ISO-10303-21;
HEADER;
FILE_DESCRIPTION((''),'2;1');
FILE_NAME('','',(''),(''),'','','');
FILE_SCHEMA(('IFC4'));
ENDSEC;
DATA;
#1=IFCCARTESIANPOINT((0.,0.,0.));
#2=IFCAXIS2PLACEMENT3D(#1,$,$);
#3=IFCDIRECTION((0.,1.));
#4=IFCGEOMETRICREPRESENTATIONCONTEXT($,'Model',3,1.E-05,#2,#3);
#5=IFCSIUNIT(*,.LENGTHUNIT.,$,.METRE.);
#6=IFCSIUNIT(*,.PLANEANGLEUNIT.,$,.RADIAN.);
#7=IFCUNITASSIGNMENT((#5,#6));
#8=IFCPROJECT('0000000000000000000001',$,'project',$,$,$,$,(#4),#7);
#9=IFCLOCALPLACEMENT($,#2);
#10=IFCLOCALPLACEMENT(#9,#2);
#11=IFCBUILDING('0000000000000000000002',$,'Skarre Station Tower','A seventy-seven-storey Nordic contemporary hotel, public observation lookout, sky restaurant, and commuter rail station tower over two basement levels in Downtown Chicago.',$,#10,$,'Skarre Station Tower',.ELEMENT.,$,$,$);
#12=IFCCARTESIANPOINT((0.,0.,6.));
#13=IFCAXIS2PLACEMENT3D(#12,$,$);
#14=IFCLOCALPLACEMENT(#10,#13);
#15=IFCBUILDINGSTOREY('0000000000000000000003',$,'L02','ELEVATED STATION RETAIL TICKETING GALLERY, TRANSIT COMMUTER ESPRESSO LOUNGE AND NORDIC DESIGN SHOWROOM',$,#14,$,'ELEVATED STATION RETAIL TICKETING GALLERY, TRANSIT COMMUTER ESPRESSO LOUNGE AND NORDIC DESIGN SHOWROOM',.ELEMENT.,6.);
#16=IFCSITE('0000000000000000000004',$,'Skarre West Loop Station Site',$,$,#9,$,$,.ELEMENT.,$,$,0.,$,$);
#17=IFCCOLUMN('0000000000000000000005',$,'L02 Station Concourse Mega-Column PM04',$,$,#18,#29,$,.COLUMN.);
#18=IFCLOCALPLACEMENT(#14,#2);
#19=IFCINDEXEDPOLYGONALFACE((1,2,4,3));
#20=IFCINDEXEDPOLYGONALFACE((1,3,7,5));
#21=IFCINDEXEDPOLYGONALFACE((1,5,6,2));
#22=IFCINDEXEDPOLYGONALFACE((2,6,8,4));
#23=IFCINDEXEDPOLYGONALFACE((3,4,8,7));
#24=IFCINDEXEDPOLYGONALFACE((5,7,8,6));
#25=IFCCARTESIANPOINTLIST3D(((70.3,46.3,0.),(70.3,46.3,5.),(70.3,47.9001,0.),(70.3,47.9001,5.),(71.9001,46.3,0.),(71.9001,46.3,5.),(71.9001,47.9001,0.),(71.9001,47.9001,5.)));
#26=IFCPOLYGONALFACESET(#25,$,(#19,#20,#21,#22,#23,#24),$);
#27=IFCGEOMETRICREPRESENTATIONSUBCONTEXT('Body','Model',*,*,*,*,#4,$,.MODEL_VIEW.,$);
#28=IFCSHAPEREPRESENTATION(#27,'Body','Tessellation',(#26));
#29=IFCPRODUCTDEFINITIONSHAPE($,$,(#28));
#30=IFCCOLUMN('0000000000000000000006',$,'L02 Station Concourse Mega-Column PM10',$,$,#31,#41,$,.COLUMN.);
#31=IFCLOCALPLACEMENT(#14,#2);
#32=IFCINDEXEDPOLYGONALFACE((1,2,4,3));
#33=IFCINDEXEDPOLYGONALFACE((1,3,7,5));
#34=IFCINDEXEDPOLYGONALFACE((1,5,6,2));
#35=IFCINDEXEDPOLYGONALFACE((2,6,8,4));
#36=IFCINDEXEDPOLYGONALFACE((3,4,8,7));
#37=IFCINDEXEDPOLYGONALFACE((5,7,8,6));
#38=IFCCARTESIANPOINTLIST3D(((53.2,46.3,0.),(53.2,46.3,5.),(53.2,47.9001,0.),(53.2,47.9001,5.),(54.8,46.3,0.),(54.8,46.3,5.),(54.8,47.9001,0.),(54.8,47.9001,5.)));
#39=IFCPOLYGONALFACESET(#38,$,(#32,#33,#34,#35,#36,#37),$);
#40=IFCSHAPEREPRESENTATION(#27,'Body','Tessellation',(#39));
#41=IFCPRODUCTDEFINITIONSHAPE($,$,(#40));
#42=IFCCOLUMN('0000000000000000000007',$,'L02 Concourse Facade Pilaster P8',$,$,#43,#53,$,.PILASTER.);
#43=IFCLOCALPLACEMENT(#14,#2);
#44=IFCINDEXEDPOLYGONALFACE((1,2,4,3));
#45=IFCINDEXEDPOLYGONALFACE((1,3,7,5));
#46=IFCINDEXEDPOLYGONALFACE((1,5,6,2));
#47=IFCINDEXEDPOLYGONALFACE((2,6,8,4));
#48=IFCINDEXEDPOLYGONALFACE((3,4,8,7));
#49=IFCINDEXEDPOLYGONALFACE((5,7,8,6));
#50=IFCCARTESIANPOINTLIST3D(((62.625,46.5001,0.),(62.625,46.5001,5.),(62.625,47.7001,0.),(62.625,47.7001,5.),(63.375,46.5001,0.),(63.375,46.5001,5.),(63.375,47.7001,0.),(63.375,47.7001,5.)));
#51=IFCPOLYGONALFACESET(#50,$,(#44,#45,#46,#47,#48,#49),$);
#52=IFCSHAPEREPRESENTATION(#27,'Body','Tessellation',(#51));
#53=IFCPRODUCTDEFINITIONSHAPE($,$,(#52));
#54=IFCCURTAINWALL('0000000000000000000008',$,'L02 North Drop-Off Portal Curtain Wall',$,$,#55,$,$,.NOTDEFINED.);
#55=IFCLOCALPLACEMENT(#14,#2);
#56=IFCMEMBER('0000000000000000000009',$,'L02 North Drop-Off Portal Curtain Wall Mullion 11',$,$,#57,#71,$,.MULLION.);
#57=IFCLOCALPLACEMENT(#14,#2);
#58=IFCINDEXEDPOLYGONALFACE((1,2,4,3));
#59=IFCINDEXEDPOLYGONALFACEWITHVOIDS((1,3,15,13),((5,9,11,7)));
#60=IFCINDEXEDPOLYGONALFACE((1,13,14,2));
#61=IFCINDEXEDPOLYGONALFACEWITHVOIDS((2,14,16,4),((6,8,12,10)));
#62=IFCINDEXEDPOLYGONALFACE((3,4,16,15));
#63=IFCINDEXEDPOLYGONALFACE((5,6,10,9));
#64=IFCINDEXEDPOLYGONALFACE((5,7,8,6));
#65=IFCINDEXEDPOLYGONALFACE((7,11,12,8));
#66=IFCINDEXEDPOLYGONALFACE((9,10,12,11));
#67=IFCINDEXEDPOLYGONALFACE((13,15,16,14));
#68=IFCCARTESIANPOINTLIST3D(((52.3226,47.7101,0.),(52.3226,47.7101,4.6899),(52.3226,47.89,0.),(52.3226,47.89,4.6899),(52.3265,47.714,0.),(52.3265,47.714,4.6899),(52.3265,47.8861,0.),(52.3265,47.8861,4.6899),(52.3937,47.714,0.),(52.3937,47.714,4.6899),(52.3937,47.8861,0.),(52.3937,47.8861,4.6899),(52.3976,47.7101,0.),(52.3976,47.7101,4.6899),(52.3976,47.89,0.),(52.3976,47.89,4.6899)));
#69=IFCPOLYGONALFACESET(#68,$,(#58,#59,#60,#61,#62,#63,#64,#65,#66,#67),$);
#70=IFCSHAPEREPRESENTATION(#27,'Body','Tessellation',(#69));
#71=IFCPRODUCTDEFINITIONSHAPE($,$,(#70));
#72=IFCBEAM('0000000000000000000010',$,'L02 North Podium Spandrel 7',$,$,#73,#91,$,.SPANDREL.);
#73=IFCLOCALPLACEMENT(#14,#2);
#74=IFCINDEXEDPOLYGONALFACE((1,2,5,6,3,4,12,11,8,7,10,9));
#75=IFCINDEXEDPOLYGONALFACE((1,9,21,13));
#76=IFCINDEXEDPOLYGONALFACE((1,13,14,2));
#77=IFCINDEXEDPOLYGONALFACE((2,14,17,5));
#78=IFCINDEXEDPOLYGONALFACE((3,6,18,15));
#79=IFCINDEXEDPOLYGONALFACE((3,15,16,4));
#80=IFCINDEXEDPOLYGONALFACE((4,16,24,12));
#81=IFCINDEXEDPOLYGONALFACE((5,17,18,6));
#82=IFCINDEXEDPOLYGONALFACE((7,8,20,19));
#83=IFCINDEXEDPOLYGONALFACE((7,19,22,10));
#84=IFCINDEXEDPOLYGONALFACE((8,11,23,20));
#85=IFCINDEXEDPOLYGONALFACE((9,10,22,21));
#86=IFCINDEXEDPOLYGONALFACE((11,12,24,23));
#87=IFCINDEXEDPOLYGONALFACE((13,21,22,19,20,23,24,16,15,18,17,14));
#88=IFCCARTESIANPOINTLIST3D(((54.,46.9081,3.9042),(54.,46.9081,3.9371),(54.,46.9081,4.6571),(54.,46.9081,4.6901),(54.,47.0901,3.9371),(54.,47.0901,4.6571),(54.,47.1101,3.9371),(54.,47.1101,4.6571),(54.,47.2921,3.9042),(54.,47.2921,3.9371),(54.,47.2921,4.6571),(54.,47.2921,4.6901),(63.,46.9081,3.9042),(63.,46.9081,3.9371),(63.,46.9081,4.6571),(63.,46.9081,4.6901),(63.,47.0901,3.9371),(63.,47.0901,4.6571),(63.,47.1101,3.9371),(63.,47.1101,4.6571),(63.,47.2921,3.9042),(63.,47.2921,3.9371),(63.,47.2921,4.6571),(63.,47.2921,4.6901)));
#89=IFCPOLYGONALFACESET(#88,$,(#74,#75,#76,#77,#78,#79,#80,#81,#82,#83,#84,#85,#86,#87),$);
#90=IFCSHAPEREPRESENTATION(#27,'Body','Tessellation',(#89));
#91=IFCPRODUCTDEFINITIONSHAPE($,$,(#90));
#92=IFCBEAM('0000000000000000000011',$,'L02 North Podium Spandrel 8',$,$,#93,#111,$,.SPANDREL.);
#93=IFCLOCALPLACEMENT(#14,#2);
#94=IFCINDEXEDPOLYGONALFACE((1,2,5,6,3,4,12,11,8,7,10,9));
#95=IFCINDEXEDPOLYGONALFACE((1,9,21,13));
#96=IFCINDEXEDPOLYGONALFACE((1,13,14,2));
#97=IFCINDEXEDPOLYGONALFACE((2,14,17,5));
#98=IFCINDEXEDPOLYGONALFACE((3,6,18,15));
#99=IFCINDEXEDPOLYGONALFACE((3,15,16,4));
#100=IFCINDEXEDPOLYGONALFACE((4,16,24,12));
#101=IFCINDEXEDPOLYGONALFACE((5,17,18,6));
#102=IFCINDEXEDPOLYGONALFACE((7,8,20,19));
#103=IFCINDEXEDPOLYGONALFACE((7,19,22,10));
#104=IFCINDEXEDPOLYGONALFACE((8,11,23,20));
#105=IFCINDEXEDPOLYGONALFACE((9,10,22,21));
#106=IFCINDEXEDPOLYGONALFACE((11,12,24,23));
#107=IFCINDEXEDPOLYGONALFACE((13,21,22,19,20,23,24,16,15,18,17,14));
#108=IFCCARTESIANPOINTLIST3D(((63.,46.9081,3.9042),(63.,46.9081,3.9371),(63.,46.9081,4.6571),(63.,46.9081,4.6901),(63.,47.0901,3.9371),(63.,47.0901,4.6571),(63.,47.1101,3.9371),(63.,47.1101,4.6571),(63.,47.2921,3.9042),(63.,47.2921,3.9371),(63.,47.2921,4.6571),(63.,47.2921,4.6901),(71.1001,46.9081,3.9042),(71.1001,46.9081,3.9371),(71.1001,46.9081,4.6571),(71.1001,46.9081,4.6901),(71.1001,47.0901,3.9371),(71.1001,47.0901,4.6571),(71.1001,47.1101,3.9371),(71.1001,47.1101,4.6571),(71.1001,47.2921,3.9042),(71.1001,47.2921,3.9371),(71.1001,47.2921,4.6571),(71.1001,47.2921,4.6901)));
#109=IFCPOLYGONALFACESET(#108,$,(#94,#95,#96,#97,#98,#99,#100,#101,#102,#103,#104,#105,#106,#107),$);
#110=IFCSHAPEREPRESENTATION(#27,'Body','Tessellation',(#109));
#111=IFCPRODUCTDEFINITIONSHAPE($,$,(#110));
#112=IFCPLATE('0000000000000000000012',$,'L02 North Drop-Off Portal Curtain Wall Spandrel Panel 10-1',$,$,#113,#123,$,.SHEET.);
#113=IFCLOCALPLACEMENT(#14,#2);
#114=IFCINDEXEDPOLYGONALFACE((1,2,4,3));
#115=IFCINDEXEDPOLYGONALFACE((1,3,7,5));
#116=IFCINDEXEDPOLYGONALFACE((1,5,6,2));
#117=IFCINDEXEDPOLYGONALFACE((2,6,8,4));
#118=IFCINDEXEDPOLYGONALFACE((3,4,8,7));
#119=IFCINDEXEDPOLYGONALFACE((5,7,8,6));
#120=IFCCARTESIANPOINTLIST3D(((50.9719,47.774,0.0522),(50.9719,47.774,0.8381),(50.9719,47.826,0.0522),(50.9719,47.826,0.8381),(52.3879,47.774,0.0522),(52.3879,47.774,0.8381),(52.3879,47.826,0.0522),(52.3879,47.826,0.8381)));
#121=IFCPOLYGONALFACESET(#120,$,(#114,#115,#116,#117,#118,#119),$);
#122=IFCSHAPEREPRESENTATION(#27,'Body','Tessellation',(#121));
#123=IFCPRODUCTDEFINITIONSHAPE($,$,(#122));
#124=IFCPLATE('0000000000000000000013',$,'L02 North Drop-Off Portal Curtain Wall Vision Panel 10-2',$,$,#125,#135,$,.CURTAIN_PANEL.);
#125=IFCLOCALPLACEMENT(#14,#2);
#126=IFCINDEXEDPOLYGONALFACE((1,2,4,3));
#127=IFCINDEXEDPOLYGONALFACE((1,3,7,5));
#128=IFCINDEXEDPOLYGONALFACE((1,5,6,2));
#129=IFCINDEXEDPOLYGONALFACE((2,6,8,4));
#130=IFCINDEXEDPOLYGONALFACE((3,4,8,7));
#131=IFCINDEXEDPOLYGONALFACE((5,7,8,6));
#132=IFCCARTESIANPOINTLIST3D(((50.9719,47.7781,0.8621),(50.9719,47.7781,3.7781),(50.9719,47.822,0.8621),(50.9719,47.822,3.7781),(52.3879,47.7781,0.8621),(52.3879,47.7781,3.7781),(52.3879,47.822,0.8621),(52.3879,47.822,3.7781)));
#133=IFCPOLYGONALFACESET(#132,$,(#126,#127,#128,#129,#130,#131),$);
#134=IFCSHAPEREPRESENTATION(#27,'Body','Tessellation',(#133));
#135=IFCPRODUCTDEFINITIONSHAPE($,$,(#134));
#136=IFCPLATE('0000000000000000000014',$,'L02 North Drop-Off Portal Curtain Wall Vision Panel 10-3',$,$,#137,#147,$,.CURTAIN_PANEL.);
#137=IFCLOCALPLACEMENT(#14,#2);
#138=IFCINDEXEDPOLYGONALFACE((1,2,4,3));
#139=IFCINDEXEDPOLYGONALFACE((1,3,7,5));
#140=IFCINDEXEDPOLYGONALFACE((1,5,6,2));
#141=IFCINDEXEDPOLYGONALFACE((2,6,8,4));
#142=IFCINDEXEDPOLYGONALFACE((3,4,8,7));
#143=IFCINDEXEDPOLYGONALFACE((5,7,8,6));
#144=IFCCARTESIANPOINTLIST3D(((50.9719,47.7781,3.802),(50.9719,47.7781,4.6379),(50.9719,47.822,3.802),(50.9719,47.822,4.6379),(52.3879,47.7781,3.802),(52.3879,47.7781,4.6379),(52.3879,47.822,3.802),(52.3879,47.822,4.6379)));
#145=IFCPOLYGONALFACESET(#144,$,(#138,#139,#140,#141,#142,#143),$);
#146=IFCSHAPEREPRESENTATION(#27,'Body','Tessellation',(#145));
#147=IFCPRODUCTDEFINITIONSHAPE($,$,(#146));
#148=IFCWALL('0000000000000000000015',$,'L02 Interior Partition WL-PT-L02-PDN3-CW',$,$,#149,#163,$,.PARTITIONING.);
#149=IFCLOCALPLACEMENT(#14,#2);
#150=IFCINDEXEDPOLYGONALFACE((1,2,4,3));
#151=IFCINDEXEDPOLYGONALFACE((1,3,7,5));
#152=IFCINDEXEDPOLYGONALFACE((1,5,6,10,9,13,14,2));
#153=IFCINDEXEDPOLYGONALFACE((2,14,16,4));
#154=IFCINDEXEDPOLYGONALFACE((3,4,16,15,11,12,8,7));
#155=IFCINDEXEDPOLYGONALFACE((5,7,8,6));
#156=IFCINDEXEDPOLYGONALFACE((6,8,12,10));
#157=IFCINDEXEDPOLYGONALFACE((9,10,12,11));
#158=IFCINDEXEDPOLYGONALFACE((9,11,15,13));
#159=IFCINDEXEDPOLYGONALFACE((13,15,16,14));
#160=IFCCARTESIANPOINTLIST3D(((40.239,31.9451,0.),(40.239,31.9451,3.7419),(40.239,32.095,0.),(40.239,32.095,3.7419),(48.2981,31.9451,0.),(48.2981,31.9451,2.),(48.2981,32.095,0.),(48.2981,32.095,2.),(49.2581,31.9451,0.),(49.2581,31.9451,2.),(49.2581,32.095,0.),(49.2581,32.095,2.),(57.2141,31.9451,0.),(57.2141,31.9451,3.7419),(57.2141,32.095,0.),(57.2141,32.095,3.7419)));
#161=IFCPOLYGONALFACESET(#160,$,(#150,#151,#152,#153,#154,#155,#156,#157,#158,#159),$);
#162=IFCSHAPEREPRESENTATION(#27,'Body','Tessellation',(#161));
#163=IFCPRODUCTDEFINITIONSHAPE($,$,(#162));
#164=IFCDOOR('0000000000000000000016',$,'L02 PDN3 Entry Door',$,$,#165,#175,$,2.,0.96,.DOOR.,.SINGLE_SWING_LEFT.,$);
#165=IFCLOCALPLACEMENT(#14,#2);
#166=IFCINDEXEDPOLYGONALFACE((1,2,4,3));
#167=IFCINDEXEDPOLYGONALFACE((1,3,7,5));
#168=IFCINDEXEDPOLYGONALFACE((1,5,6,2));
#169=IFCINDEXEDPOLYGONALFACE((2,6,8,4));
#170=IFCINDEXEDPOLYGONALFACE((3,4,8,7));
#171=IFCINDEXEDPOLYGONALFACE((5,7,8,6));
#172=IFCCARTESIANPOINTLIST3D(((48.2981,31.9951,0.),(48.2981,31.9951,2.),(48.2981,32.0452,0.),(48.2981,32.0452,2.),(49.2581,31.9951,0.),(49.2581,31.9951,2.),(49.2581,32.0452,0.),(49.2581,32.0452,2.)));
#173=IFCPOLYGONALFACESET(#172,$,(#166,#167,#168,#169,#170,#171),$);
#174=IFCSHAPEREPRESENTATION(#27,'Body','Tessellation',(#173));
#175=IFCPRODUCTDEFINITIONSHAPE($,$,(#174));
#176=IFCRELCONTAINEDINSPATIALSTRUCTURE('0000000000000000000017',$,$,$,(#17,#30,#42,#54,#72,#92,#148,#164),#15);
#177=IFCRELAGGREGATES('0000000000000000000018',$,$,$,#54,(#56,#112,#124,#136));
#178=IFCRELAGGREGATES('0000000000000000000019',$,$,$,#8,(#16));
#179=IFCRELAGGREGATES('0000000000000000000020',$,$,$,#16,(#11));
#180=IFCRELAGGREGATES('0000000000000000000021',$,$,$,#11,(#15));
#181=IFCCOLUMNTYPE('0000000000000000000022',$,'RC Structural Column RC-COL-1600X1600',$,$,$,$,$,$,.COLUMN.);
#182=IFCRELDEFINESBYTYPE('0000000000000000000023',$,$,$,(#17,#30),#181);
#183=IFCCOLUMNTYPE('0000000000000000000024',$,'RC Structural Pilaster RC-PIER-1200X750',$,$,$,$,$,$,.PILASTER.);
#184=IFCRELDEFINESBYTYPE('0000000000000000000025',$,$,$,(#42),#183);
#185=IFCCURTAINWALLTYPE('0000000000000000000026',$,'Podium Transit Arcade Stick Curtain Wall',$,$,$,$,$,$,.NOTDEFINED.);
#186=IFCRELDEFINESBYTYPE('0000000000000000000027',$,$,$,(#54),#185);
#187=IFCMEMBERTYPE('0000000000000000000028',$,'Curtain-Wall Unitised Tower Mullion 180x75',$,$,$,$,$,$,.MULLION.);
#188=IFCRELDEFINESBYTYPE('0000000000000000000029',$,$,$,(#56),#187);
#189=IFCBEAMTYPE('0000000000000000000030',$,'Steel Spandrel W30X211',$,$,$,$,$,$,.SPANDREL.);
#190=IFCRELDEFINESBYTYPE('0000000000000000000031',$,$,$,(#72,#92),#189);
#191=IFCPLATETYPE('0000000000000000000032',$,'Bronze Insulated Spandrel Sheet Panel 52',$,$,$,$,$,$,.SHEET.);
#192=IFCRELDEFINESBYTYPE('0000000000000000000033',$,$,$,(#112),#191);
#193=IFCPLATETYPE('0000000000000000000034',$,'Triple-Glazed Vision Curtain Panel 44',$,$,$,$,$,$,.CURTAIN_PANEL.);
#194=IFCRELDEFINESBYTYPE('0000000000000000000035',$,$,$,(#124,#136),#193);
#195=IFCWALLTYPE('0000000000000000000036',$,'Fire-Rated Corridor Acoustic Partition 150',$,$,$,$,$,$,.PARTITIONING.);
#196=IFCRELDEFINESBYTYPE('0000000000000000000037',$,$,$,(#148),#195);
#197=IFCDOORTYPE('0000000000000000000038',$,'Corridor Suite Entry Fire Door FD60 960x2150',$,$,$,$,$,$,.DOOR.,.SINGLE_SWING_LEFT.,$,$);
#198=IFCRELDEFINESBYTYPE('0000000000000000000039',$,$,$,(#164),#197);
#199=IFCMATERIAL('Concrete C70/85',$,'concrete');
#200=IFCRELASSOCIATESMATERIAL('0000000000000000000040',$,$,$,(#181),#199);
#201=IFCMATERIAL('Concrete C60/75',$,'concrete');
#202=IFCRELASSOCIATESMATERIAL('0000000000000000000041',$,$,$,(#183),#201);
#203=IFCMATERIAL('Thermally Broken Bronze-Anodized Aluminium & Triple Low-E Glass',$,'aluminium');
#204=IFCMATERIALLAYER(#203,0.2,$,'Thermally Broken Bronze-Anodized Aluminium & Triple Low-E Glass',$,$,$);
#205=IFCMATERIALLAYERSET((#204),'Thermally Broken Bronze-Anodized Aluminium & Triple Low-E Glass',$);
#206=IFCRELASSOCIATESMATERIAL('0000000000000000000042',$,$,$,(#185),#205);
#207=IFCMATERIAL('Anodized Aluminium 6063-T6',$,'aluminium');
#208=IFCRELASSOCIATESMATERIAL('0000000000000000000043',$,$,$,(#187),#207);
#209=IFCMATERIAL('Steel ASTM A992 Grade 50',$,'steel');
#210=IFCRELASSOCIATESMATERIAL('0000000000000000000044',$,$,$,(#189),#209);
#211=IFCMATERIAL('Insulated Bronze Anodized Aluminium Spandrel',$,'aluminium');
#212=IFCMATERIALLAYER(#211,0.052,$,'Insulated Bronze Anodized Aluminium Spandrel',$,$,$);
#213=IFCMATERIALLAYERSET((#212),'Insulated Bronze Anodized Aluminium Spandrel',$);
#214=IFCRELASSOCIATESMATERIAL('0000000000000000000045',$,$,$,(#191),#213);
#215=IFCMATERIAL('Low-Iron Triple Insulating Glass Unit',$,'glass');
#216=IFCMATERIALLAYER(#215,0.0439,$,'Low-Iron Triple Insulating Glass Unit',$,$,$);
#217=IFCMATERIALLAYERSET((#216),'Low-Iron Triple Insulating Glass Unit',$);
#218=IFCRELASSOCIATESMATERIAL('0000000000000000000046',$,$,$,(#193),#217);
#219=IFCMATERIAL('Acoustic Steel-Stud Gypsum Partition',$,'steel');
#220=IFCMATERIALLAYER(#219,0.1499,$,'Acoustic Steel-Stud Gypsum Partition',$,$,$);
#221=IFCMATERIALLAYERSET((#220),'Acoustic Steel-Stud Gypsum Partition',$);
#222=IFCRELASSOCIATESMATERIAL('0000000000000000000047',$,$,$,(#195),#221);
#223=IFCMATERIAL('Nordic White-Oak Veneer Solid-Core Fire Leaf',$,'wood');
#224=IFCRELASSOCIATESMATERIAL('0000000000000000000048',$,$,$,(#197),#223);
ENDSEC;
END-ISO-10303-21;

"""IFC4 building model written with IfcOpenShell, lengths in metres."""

from ifc_helpers import new_model, si_unit, direction, frame, frame_2d, origin, origin_2d, place, context, subcontext, project, spatial, rectangle, hollow_rectangle, i_section, extrude, material, layer, layer_set, material_profile, profile_set, type_object, element, fill, aggregate, save


model = new_model("IFC4")

# Units and contexts
model_context = context("Model", 3, precision=1e-05, world=origin(), true_north=direction((0.0, 1.0)))
body_context = subcontext(model_context, "Body", "Model", "MODEL_VIEW")
ifc_project = project(units=[si_unit("LENGTHUNIT", "METRE"), si_unit("PLANEANGLEUNIT", "RADIAN")], contexts=[model_context])

# Site, building, storey
site_placement = place(None, origin())
site = spatial("IfcSite", under=ifc_project, at=site_placement, Name="Skarre West Loop Station Site", CompositionType="ELEMENT", RefElevation=0.0)
building_placement = place(site_placement, origin())
building = spatial("IfcBuilding", under=site, at=building_placement, Name="Skarre Station Tower", Description="A seventy-seven-storey Nordic contemporary hotel, public observation lookout, sky restaurant, and commuter rail station tower over two basement levels in Downtown Chicago.", LongName="Skarre Station Tower", CompositionType="ELEMENT")
storey_placement = place(building_placement, frame((0.0, 0.0, 6.0)))
storey = spatial("IfcBuildingStorey", under=building, at=storey_placement, Name="L02", Description="ELEVATED STATION RETAIL TICKETING GALLERY, TRANSIT COMMUTER ESPRESSO LOUNGE AND NORDIC DESIGN SHOWROOM", LongName="ELEVATED STATION RETAIL TICKETING GALLERY, TRANSIT COMMUTER ESPRESSO LOUNGE AND NORDIC DESIGN SHOWROOM", CompositionType="ELEMENT", Elevation=6.0)

# Columns
ifc_material_1 = material(Name="Concrete C70/85", Category="concrete")
ifc_material_profile_1 = material_profile(ifc_material_1, rectangle(XDim=1.6001, YDim=1.6001, at=origin_2d()), Name="Concrete C70/85")
ifc_profile_set_1 = profile_set([ifc_material_profile_1], Name="Concrete C70/85")
column_type_1 = type_object("IfcColumnType", Name="RC Structural Column RC-COL-1600X1600", PredefinedType="COLUMN", material=ifc_profile_set_1)
for number, where, z_axis, x_axis, name in (
    (1, (71.1001, 47.1001, 0.0), (0.0, 0.0, 1.0), (1.0, 0.0, 0.0), "L02 Station Concourse Mega-Column PM04"),
    (2, (54.0, 47.1001, 0.0), (0.0, 0.0, 1.0), (1.0, 0.0, 0.0), "L02 Station Concourse Mega-Column PM10"),
):
    element("IfcColumn", number, at=place(storey_placement, frame(where, z_axis=z_axis, x_axis=x_axis)), inside=storey, type_object=column_type_1, Name=name, PredefinedType="COLUMN", context=body_context, shape_type="SweptSolid", body=[
        extrude(rectangle(XDim=1.6001, YDim=1.6001, at=origin_2d()), origin(), (0.0, 0.0, 1.0), 5.0),
    ])
ifc_material_2 = material(Name="Concrete C60/75", Category="concrete")
ifc_material_profile_2 = material_profile(ifc_material_2, rectangle(XDim=0.75, YDim=1.2, at=origin_2d()), Name="Concrete C60/75")
ifc_profile_set_2 = profile_set([ifc_material_profile_2], Name="Concrete C60/75")
column_type_2 = type_object("IfcColumnType", Name="RC Structural Pilaster RC-PIER-1200X750", PredefinedType="PILASTER", material=ifc_profile_set_2)
column_placement = place(storey_placement, frame((63.0, 47.1001, 0.0), z_axis=(0.0, 0.0, 1.0), x_axis=(1.0, 0.0, 0.0)))
element("IfcColumn", 3, at=column_placement, inside=storey, type_object=column_type_2, Name="L02 Concourse Facade Pilaster P8", PredefinedType="PILASTER", context=body_context, shape_type="SweptSolid", body=[
    extrude(rectangle(XDim=0.75, YDim=1.2, at=origin_2d()), origin(), (0.0, 0.0, 1.0), 5.0),
])

# Curtain wall, member
ifc_material_3 = material(Name="Thermally Broken Bronze-Anodized Aluminium & Triple Low-E Glass", Category="aluminium")
ifc_layer_1 = layer(ifc_material_3, 0.2, Name="Thermally Broken Bronze-Anodized Aluminium & Triple Low-E Glass")
ifc_layer_set_1 = layer_set([ifc_layer_1], Name="Thermally Broken Bronze-Anodized Aluminium & Triple Low-E Glass")
curtain_wall_type = type_object("IfcCurtainWallType", Name="Podium Transit Arcade Stick Curtain Wall", PredefinedType="NOTDEFINED", material=ifc_layer_set_1)
curtain_wall_placement = place(storey_placement, origin())
curtain_wall = element("IfcCurtainWall", 4, at=curtain_wall_placement, inside=storey, type_object=curtain_wall_type, Name="L02 North Drop-Off Portal Curtain Wall", PredefinedType="NOTDEFINED")
ifc_material_4 = material(Name="Anodized Aluminium 6063-T6", Category="aluminium")
ifc_material_profile_3 = material_profile(ifc_material_4, hollow_rectangle(XDim=0.075, YDim=0.1799, WallThickness=0.0039, at=origin_2d()), Name="Anodized Aluminium 6063-T6")
ifc_profile_set_3 = profile_set([ifc_material_profile_3], Name="Anodized Aluminium 6063-T6")
member_type = type_object("IfcMemberType", Name="Curtain-Wall Unitised Tower Mullion 180x75", PredefinedType="MULLION", material=ifc_profile_set_3)
member_placement = place(storey_placement, frame((52.3601, 47.8, 0.0), z_axis=(0.0, 0.0, 1.0), x_axis=(1.0, 0.0, 0.0)))
member = element("IfcMember", 5, at=member_placement, type_object=member_type, Name="L02 North Drop-Off Portal Curtain Wall Mullion 11", PredefinedType="MULLION", context=body_context, shape_type="SweptSolid", body=[
    extrude(hollow_rectangle(XDim=0.075, YDim=0.1799, WallThickness=0.0039, at=origin_2d()), origin(), (0.0, 0.0, 1.0), 4.6899),
])

# Beams
ifc_material_5 = material(Name="Steel ASTM A992 Grade 50", Category="steel")
ifc_material_profile_4 = material_profile(ifc_material_5, i_section(OverallWidth=0.384, OverallDepth=0.7859, WebThickness=0.02, FlangeThickness=0.033, at=origin_2d()), Name="Steel ASTM A992 Grade 50")
ifc_profile_set_4 = profile_set([ifc_material_profile_4], Name="Steel ASTM A992 Grade 50")
beam_type = type_object("IfcBeamType", Name="Steel Spandrel W30X211", PredefinedType="SPANDREL", material=ifc_profile_set_4)
beam_1_placement = place(storey_placement, frame((54.0, 47.1001, 4.2971), z_axis=(1.0, 0.0, 0.0), x_axis=(0.0, 1.0, 0.0)))
element("IfcBeam", 6, at=beam_1_placement, inside=storey, type_object=beam_type, Name="L02 North Podium Spandrel 7", PredefinedType="SPANDREL", context=body_context, shape_type="SweptSolid", body=[
    extrude(i_section(OverallWidth=0.384, OverallDepth=0.7859, WebThickness=0.02, FlangeThickness=0.033, at=origin_2d()), origin(), (0.0, 0.0, 1.0), 9.0),
])
beam_2_placement = place(storey_placement, frame((63.0, 47.1001, 4.2971), z_axis=(1.0, 0.0, 0.0), x_axis=(0.0, 1.0, 0.0)))
element("IfcBeam", 7, at=beam_2_placement, inside=storey, type_object=beam_type, Name="L02 North Podium Spandrel 8", PredefinedType="SPANDREL", context=body_context, shape_type="SweptSolid", body=[
    extrude(i_section(OverallWidth=0.384, OverallDepth=0.7859, WebThickness=0.02, FlangeThickness=0.033, at=origin_2d()), origin(), (0.0, 0.0, 1.0), 8.1001),
])

# Plates
ifc_material_6 = material(Name="Insulated Bronze Anodized Aluminium Spandrel", Category="aluminium")
ifc_layer_2 = layer(ifc_material_6, 0.052, Name="Insulated Bronze Anodized Aluminium Spandrel")
ifc_layer_set_2 = layer_set([ifc_layer_2], Name="Insulated Bronze Anodized Aluminium Spandrel")
plate_type_1 = type_object("IfcPlateType", Name="Bronze Insulated Spandrel Sheet Panel 52", PredefinedType="SHEET", material=ifc_layer_set_2)
plate_1_placement = place(storey_placement, frame((51.6799, 47.8, 0.0522), z_axis=(0.0, 0.0, 1.0), x_axis=(1.0, 0.0, 0.0)))
plate_1 = element("IfcPlate", 8, at=plate_1_placement, type_object=plate_type_1, Name="L02 North Drop-Off Portal Curtain Wall Spandrel Panel 10-1", PredefinedType="SHEET", context=body_context, shape_type="SweptSolid", body=[
    extrude(rectangle(XDim=1.416, YDim=0.052, at=origin_2d()), origin(), (0.0, 0.0, 1.0), 0.7859),
])
ifc_material_7 = material(Name="Low-Iron Triple Insulating Glass Unit", Category="glass")
ifc_layer_3 = layer(ifc_material_7, 0.0439, Name="Low-Iron Triple Insulating Glass Unit")
ifc_layer_set_3 = layer_set([ifc_layer_3], Name="Low-Iron Triple Insulating Glass Unit")
plate_type_2 = type_object("IfcPlateType", Name="Triple-Glazed Vision Curtain Panel 44", PredefinedType="CURTAIN_PANEL", material=ifc_layer_set_3)
plate_2_placement = place(storey_placement, frame((51.6799, 47.8, 0.8621), z_axis=(0.0, 0.0, 1.0), x_axis=(1.0, 0.0, 0.0)))
plate_2 = element("IfcPlate", 9, at=plate_2_placement, type_object=plate_type_2, Name="L02 North Drop-Off Portal Curtain Wall Vision Panel 10-2", PredefinedType="CURTAIN_PANEL", context=body_context, shape_type="SweptSolid", body=[
    extrude(rectangle(XDim=1.416, YDim=0.0439, at=origin_2d()), origin(), (0.0, 0.0, 1.0), 2.916),
])
plate_3_placement = place(storey_placement, frame((51.6799, 47.8, 3.802), z_axis=(0.0, 0.0, 1.0), x_axis=(1.0, 0.0, 0.0)))
plate_3 = element("IfcPlate", 10, at=plate_3_placement, type_object=plate_type_2, Name="L02 North Drop-Off Portal Curtain Wall Vision Panel 10-3", PredefinedType="CURTAIN_PANEL", context=body_context, shape_type="SweptSolid", body=[
    extrude(rectangle(XDim=1.416, YDim=0.0439, at=origin_2d()), origin(), (0.0, 0.0, 1.0), 0.8359),
])
aggregate(curtain_wall, [member, plate_1, plate_2, plate_3])

# Wall, opening, door
ifc_material_8 = material(Name="Acoustic Steel-Stud Gypsum Partition", Category="steel")
ifc_layer_4 = layer(ifc_material_8, 0.1499, Name="Acoustic Steel-Stud Gypsum Partition")
ifc_layer_set_4 = layer_set([ifc_layer_4], Name="Acoustic Steel-Stud Gypsum Partition")
wall_type_1 = type_object("IfcWallType", Name="Fire-Rated Corridor Acoustic Partition 150", PredefinedType="PARTITIONING", material=ifc_layer_set_4)
wall_1_placement = place(storey_placement, frame((57.2141, 32.02, 0.0), z_axis=(0.0, 0.0, 1.0), x_axis=(-1.0, 0.0, 0.0)))
wall_1 = element("IfcWall", 11, at=wall_1_placement, inside=storey, type_object=wall_type_1, Name="L02 Interior Partition WL-PT-L02-PDN3-CW", PredefinedType="PARTITIONING", context=body_context, shape_type="SweptSolid", body=[
    extrude(rectangle(XDim=16.9751, YDim=0.1499, at=frame_2d((8.4875, 0.0))), origin(), (0.0, 0.0, 1.0), 3.7419),
])
opening_1_placement = place(wall_1_placement, frame((7.9561, 0.0, 0.0)))
opening_1 = element("IfcOpeningElement", 12, at=opening_1_placement, cuts=wall_1, PredefinedType="OPENING", context=body_context, shape_type="SweptSolid", body=[
    extrude(rectangle(XDim=0.96, YDim=2.0, at=frame_2d((0.48, 1.0))), frame((0.0, 0.085, 0.0), z_axis=(0.0, -1.0, 0.0), x_axis=(1.0, 0.0, 0.0)), (0.0, 0.0, 1.0), 0.1699),
])
ifc_material_9 = material(Name="Nordic White-Oak Veneer Solid-Core Fire Leaf", Category="wood")
door_type = type_object("IfcDoorType", Name="Corridor Suite Entry Fire Door FD60 960x2150", OperationType="SINGLE_SWING_LEFT", PredefinedType="DOOR", material=ifc_material_9)
door_1_placement = place(opening_1_placement, origin())
door_1 = element("IfcDoor", 13, at=door_1_placement, inside=storey, type_object=door_type, Name="L02 PDN3 Entry Door", OperationType="SINGLE_SWING_LEFT", OverallHeight=2.0, OverallWidth=0.96, PredefinedType="DOOR", context=body_context, shape_type="SweptSolid", body=[
    extrude(rectangle(XDim=0.96, YDim=2.0, at=frame_2d((0.48, 1.0))), frame((0.0, 0.0249, 0.0), z_axis=(0.0, -1.0, 0.0), x_axis=(1.0, 0.0, 0.0)), (0.0, 0.0, 1.0), 0.05),
])
fill(opening_1, door_1)

save(model, "model.ifc")
